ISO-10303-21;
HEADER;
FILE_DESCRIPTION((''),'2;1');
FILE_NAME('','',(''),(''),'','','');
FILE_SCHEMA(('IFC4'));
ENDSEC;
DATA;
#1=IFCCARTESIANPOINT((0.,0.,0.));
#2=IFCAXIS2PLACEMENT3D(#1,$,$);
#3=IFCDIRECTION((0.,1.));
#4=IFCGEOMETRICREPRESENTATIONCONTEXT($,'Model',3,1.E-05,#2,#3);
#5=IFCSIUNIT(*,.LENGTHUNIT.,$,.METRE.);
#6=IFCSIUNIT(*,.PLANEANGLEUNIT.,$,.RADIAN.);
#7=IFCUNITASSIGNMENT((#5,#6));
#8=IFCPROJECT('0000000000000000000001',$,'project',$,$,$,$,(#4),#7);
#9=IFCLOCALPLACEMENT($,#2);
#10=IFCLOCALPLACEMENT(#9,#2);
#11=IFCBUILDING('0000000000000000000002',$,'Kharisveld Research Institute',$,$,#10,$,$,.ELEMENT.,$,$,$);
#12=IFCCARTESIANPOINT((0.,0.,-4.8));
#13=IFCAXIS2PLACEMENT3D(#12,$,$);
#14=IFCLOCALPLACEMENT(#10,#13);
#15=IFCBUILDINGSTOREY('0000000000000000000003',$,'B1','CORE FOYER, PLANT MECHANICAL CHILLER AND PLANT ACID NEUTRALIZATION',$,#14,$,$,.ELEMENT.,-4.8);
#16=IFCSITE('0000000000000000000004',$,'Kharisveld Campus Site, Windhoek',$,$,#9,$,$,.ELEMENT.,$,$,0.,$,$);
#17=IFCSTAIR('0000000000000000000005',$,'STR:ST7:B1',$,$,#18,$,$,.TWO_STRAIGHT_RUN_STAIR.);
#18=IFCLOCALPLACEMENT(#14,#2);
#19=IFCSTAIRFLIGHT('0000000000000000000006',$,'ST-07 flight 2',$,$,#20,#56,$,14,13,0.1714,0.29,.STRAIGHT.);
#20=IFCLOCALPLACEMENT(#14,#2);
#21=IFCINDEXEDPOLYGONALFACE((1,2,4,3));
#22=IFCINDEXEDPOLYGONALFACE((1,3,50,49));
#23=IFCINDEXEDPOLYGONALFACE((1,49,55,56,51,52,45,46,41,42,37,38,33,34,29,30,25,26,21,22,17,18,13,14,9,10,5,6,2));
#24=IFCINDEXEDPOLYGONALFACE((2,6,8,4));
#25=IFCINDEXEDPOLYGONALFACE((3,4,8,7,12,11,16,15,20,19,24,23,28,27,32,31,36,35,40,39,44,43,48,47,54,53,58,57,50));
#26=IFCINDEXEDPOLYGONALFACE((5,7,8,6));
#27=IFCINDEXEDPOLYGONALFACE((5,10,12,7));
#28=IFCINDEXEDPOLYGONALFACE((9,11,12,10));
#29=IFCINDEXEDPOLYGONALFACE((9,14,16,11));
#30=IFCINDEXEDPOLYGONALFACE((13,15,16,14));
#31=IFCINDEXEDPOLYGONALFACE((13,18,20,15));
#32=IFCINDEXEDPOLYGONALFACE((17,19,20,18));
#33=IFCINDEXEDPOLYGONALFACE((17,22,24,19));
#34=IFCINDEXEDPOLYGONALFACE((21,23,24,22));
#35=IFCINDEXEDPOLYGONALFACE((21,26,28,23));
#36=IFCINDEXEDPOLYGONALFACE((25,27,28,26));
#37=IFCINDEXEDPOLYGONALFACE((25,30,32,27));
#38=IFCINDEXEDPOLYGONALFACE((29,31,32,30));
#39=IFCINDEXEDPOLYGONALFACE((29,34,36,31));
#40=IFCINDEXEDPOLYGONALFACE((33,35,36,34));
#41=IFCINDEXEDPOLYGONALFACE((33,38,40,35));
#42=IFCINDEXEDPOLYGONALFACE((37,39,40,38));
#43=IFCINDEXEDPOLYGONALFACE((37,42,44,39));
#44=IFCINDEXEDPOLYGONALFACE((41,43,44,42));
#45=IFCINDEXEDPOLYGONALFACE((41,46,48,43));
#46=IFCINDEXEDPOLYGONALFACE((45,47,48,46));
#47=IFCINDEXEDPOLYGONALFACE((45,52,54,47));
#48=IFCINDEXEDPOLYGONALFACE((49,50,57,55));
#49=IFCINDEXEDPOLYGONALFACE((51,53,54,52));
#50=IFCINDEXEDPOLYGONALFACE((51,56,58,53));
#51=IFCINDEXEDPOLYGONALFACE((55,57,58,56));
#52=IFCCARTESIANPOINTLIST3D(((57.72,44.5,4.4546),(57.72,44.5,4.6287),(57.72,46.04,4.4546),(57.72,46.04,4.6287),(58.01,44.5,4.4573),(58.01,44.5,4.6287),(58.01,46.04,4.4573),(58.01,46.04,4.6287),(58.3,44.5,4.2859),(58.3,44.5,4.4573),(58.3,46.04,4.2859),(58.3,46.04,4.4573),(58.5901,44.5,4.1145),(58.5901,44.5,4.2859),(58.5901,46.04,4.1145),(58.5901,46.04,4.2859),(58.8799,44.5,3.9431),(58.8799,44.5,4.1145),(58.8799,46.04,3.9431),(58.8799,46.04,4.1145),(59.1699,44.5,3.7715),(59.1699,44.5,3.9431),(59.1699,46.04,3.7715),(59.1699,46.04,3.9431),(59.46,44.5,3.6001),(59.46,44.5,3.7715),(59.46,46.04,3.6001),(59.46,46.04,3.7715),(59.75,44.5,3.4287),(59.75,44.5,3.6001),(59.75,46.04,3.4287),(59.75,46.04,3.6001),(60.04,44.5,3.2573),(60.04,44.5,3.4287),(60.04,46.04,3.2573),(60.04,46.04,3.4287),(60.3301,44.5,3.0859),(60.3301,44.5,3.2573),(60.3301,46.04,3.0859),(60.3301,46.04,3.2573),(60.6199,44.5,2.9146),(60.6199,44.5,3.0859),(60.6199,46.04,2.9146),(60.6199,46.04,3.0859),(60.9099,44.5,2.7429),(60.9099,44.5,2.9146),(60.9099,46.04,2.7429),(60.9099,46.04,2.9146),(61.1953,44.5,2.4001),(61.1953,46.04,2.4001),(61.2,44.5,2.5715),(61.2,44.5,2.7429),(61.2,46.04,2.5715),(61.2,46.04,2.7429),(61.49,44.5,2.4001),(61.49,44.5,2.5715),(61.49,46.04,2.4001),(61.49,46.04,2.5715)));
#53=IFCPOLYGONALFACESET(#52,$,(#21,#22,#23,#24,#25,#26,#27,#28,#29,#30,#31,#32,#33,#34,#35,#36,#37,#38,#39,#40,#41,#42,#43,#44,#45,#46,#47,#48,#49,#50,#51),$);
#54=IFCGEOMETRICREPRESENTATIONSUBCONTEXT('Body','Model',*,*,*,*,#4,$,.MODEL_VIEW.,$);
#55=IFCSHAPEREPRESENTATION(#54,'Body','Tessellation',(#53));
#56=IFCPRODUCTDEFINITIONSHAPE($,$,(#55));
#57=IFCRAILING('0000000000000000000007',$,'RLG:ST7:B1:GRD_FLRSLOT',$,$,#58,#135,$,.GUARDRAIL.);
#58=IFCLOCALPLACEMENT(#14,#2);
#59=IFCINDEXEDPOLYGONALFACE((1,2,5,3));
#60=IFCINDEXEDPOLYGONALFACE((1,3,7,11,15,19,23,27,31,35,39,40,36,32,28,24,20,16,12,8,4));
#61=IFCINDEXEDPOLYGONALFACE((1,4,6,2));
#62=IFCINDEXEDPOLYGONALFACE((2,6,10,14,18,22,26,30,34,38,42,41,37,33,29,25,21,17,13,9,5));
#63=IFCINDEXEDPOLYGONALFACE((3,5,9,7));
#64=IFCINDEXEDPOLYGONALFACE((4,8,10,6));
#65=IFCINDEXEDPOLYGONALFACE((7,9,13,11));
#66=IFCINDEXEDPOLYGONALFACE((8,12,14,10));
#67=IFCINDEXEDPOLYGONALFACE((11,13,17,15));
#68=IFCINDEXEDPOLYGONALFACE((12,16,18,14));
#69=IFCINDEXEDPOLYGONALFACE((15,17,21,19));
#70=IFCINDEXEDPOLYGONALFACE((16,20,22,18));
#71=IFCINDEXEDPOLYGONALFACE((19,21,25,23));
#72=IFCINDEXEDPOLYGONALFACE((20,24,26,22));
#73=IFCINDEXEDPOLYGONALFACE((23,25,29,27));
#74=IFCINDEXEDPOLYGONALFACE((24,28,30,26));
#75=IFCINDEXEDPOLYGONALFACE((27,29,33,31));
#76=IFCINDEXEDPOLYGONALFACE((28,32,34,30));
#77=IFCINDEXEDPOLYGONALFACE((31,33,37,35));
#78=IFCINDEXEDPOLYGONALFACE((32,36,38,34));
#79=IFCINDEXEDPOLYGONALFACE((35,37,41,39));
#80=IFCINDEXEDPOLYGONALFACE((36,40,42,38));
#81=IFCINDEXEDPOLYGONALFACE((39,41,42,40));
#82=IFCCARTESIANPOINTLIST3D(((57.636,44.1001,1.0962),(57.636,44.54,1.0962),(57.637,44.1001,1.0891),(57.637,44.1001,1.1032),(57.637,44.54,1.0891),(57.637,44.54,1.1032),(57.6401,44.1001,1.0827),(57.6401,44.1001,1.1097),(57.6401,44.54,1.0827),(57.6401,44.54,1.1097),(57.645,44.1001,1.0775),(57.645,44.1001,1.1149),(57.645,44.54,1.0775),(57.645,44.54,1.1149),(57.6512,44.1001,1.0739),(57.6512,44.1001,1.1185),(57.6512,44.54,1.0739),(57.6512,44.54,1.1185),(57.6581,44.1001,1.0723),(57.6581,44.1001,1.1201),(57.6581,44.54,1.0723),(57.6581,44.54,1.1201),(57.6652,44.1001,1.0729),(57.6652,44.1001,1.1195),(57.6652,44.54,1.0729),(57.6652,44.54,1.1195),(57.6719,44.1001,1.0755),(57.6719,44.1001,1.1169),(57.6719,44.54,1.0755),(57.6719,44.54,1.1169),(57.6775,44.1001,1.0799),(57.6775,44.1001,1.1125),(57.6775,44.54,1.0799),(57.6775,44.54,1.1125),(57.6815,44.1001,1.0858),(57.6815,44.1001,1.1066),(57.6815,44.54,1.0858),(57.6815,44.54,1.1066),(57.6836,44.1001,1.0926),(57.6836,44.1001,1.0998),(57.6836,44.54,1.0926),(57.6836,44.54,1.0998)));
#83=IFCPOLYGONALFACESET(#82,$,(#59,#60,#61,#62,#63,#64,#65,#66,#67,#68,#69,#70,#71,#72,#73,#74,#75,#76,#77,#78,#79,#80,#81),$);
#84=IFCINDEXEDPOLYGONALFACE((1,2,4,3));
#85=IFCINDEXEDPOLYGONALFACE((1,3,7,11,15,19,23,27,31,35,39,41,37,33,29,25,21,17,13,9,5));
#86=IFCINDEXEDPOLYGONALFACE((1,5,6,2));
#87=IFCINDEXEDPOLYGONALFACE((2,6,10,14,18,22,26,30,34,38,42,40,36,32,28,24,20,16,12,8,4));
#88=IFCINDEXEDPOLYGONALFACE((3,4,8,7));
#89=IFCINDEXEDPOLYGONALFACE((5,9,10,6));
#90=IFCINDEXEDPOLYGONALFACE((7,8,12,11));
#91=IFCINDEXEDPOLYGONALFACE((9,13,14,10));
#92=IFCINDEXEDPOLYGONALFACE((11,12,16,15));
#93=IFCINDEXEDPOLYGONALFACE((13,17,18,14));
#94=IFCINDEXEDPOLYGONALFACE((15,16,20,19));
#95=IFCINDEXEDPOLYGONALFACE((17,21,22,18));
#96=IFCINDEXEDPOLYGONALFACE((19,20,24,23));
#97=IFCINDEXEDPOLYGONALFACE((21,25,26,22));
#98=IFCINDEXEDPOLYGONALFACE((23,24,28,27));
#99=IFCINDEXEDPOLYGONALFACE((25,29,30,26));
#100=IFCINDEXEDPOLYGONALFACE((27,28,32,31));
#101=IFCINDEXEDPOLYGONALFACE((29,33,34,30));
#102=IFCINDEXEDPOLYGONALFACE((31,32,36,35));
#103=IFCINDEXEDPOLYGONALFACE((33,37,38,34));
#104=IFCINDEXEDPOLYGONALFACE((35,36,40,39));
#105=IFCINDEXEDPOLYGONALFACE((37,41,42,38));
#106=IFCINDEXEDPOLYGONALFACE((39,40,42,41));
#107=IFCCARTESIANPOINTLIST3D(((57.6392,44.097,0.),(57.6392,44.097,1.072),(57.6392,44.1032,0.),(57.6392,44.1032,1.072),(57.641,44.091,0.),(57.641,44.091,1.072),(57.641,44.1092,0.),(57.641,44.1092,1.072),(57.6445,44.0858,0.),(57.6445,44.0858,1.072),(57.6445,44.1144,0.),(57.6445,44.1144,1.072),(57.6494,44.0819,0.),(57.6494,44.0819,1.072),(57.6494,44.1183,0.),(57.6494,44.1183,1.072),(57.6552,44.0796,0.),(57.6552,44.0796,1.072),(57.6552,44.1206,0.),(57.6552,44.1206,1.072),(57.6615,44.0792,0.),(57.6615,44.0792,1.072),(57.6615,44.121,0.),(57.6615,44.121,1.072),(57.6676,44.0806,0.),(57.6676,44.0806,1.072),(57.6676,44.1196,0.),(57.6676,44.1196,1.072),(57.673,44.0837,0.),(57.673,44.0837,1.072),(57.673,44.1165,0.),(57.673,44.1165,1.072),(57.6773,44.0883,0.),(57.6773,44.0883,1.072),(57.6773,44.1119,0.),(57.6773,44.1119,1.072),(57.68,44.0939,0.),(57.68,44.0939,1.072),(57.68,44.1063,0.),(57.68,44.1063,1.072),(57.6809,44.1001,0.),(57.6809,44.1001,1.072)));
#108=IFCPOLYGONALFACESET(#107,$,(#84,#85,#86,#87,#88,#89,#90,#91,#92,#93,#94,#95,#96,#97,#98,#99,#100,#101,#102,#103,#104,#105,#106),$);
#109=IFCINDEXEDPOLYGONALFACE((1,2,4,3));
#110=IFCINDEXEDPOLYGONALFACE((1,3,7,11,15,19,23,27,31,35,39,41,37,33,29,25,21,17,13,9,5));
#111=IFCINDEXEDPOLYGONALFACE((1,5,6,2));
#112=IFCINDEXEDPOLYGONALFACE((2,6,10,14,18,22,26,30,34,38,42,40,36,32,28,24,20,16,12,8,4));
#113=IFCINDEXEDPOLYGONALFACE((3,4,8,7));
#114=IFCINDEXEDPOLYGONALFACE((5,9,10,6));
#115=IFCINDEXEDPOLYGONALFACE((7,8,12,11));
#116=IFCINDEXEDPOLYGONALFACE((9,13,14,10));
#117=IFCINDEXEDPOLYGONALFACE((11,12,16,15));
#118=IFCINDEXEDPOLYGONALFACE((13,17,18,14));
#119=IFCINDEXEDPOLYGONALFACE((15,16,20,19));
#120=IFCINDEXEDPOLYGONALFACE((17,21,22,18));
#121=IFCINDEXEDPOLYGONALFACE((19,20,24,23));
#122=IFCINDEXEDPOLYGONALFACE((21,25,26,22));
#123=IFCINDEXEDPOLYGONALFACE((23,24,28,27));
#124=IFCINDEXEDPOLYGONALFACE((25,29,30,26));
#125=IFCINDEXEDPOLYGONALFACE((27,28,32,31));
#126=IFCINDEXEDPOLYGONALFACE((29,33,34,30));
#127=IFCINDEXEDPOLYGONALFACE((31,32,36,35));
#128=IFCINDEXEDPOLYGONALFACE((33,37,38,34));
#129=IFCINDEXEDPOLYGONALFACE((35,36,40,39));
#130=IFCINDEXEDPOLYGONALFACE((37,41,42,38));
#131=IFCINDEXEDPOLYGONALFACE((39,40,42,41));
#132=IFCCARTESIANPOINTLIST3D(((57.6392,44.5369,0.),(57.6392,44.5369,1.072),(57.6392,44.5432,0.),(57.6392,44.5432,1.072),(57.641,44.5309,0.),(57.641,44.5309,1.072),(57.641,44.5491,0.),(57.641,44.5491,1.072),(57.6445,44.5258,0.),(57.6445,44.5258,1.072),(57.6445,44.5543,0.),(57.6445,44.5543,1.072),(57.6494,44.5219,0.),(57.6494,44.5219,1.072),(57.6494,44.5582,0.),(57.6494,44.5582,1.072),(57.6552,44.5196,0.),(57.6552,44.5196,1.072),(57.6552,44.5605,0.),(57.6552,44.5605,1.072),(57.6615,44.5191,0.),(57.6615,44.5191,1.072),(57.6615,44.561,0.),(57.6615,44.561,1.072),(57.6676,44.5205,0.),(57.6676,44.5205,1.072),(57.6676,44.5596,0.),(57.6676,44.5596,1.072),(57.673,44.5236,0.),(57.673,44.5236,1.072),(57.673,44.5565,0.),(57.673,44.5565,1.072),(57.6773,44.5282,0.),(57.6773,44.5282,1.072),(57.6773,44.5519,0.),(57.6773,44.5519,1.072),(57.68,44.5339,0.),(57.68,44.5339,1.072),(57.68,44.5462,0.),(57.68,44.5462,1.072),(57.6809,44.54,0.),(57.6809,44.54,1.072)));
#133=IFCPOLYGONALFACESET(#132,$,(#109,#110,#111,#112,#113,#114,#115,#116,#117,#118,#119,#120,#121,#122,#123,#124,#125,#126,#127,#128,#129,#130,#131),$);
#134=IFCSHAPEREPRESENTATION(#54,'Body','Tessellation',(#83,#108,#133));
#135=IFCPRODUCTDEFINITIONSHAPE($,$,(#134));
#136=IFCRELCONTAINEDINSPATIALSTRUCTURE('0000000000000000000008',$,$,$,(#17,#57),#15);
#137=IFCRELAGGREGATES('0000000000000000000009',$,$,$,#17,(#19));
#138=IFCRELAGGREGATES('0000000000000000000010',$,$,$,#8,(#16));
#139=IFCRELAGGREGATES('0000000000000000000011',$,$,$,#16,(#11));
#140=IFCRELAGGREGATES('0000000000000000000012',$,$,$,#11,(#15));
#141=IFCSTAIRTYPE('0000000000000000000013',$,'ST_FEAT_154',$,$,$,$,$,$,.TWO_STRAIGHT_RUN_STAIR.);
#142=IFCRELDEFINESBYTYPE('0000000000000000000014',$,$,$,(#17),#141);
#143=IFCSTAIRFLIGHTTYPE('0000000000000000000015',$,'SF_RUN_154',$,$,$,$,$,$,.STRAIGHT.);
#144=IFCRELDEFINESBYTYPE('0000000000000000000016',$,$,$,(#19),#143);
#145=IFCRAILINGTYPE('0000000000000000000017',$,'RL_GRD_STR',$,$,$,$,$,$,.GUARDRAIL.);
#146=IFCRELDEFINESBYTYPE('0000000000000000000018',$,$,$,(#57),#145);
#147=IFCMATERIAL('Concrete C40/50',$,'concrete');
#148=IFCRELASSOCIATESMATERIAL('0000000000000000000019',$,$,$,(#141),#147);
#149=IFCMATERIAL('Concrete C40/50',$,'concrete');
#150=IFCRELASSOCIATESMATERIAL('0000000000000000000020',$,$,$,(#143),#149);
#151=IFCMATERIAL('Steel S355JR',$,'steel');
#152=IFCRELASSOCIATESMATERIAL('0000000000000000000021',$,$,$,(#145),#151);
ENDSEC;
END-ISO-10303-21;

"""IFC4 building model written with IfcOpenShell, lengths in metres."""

from ifc_helpers import new_model, si_unit, direction, frame, origin, origin_2d, place, context, subcontext, project, spatial, polyline, circle, outline, extrude, material, type_object, element, aggregate, save


model = new_model("IFC4")

# Units and contexts
model_context = context("Model", 3, precision=1e-05, world=origin(), true_north=direction((0.0, 1.0)))
body_context = subcontext(model_context, "Body", "Model", "MODEL_VIEW")
ifc_project = project(units=[si_unit("LENGTHUNIT", "METRE"), si_unit("PLANEANGLEUNIT", "RADIAN")], contexts=[model_context])

# Site, building, storey
site_placement = place(None, origin())
site = spatial("IfcSite", under=ifc_project, at=site_placement, Name="Kharisveld Campus Site, Windhoek", CompositionType="ELEMENT", RefElevation=0.0)
building_placement = place(site_placement, origin())
building = spatial("IfcBuilding", under=site, at=building_placement, Name="Kharisveld Research Institute", CompositionType="ELEMENT")
storey_placement = place(building_placement, frame((0.0, 0.0, -4.8)))
storey = spatial("IfcBuildingStorey", under=building, at=storey_placement, Name="B1", Description="CORE FOYER, PLANT MECHANICAL CHILLER AND PLANT ACID NEUTRALIZATION", CompositionType="ELEMENT", Elevation=-4.8)

# Stair, stair flight
ifc_material_1 = material(Name="Concrete C40/50", Category="concrete")
stair_type = type_object("IfcStairType", Name="ST_FEAT_154", PredefinedType="TWO_STRAIGHT_RUN_STAIR", material=ifc_material_1)
stair_placement = place(storey_placement, origin())
stair = element("IfcStair", 1, at=stair_placement, inside=storey, type_object=stair_type, Name="STR:ST7:B1", PredefinedType="TWO_STRAIGHT_RUN_STAIR")
ifc_material_2 = material(Name="Concrete C40/50", Category="concrete")
stair_flight_type = type_object("IfcStairFlightType", Name="SF_RUN_154", PredefinedType="STRAIGHT", material=ifc_material_2)
stair_flight_1_placement = place(storey_placement, frame((61.49, 45.27, 2.4001), z_axis=(0.0, 0.0, 1.0), x_axis=(-1.0, 0.0, 0.0)))
stair_flight_1 = element("IfcStairFlight", 2, at=stair_flight_1_placement, type_object=stair_flight_type, Name="ST-07 flight 2", NumberOfRisers=14, NumberOfTreads=13, PredefinedType="STRAIGHT", RiserHeight=0.1714, TreadLength=0.29, context=body_context, shape_type="SweptSolid", body=[
    extrude(outline(polyline([(0.0, 0.0), (0.0, 0.1714), (0.29, 0.1714), (0.29, 0.3428), (0.5801, 0.3428), (0.5801, 0.5144), (0.8701, 0.5144), (0.8701, 0.6858), (1.1599, 0.6858), (1.1599, 0.8572), (1.45, 0.8572), (1.45, 1.0286), (1.74, 1.0286), (1.74, 1.2), (2.03, 1.2), (2.03, 1.3713), (2.3201, 1.3713), (2.3201, 1.543), (2.6101, 1.543), (2.6101, 1.7144), (2.8999, 1.7144), (2.8999, 1.8857), (3.1899, 1.8857), (3.1899, 2.0571), (3.48, 2.0571), (3.48, 2.2285), (3.77, 2.2285), (3.77, 2.3999), (3.77, 2.0544), (0.2947, 0.0), (0.0, 0.0)])), frame((0.0, 0.77, 0.0), z_axis=(0.0, -1.0, 0.0), x_axis=(1.0, 0.0, 0.0)), (0.0, 0.0, 1.0), 1.54),
])
aggregate(stair, [stair_flight_1])

# Railing
ifc_material_3 = material(Name="Steel S355JR", Category="steel")
railing_type_1 = type_object("IfcRailingType", Name="RL_GRD_STR", PredefinedType="GUARDRAIL", material=ifc_material_3)
railing_1_placement = place(storey_placement, frame((57.6599, 44.1001, 0.0)))
element("IfcRailing", 3, at=railing_1_placement, inside=storey, type_object=railing_type_1, Name="RLG:ST7:B1:GRD_FLRSLOT", PredefinedType="GUARDRAIL", context=body_context, shape_type="SweptSolid", body=[
    extrude(circle(Radius=0.0239, at=origin_2d()), frame((0.0, 0.0, 1.0962), z_axis=(0.0, 1.0, 0.0), x_axis=(-1.0, 0.0, 0.0)), (0.0, 0.0, 1.0), 0.4399),
    extrude(circle(Radius=0.021, at=origin_2d()), origin(), (0.0, 0.0, 1.0), 1.072),
    extrude(circle(Radius=0.021, at=origin_2d()), frame((0.0, 0.4399, 0.0)), (0.0, 0.0, 1.0), 1.072),
])

save(model, "model.ifc")
